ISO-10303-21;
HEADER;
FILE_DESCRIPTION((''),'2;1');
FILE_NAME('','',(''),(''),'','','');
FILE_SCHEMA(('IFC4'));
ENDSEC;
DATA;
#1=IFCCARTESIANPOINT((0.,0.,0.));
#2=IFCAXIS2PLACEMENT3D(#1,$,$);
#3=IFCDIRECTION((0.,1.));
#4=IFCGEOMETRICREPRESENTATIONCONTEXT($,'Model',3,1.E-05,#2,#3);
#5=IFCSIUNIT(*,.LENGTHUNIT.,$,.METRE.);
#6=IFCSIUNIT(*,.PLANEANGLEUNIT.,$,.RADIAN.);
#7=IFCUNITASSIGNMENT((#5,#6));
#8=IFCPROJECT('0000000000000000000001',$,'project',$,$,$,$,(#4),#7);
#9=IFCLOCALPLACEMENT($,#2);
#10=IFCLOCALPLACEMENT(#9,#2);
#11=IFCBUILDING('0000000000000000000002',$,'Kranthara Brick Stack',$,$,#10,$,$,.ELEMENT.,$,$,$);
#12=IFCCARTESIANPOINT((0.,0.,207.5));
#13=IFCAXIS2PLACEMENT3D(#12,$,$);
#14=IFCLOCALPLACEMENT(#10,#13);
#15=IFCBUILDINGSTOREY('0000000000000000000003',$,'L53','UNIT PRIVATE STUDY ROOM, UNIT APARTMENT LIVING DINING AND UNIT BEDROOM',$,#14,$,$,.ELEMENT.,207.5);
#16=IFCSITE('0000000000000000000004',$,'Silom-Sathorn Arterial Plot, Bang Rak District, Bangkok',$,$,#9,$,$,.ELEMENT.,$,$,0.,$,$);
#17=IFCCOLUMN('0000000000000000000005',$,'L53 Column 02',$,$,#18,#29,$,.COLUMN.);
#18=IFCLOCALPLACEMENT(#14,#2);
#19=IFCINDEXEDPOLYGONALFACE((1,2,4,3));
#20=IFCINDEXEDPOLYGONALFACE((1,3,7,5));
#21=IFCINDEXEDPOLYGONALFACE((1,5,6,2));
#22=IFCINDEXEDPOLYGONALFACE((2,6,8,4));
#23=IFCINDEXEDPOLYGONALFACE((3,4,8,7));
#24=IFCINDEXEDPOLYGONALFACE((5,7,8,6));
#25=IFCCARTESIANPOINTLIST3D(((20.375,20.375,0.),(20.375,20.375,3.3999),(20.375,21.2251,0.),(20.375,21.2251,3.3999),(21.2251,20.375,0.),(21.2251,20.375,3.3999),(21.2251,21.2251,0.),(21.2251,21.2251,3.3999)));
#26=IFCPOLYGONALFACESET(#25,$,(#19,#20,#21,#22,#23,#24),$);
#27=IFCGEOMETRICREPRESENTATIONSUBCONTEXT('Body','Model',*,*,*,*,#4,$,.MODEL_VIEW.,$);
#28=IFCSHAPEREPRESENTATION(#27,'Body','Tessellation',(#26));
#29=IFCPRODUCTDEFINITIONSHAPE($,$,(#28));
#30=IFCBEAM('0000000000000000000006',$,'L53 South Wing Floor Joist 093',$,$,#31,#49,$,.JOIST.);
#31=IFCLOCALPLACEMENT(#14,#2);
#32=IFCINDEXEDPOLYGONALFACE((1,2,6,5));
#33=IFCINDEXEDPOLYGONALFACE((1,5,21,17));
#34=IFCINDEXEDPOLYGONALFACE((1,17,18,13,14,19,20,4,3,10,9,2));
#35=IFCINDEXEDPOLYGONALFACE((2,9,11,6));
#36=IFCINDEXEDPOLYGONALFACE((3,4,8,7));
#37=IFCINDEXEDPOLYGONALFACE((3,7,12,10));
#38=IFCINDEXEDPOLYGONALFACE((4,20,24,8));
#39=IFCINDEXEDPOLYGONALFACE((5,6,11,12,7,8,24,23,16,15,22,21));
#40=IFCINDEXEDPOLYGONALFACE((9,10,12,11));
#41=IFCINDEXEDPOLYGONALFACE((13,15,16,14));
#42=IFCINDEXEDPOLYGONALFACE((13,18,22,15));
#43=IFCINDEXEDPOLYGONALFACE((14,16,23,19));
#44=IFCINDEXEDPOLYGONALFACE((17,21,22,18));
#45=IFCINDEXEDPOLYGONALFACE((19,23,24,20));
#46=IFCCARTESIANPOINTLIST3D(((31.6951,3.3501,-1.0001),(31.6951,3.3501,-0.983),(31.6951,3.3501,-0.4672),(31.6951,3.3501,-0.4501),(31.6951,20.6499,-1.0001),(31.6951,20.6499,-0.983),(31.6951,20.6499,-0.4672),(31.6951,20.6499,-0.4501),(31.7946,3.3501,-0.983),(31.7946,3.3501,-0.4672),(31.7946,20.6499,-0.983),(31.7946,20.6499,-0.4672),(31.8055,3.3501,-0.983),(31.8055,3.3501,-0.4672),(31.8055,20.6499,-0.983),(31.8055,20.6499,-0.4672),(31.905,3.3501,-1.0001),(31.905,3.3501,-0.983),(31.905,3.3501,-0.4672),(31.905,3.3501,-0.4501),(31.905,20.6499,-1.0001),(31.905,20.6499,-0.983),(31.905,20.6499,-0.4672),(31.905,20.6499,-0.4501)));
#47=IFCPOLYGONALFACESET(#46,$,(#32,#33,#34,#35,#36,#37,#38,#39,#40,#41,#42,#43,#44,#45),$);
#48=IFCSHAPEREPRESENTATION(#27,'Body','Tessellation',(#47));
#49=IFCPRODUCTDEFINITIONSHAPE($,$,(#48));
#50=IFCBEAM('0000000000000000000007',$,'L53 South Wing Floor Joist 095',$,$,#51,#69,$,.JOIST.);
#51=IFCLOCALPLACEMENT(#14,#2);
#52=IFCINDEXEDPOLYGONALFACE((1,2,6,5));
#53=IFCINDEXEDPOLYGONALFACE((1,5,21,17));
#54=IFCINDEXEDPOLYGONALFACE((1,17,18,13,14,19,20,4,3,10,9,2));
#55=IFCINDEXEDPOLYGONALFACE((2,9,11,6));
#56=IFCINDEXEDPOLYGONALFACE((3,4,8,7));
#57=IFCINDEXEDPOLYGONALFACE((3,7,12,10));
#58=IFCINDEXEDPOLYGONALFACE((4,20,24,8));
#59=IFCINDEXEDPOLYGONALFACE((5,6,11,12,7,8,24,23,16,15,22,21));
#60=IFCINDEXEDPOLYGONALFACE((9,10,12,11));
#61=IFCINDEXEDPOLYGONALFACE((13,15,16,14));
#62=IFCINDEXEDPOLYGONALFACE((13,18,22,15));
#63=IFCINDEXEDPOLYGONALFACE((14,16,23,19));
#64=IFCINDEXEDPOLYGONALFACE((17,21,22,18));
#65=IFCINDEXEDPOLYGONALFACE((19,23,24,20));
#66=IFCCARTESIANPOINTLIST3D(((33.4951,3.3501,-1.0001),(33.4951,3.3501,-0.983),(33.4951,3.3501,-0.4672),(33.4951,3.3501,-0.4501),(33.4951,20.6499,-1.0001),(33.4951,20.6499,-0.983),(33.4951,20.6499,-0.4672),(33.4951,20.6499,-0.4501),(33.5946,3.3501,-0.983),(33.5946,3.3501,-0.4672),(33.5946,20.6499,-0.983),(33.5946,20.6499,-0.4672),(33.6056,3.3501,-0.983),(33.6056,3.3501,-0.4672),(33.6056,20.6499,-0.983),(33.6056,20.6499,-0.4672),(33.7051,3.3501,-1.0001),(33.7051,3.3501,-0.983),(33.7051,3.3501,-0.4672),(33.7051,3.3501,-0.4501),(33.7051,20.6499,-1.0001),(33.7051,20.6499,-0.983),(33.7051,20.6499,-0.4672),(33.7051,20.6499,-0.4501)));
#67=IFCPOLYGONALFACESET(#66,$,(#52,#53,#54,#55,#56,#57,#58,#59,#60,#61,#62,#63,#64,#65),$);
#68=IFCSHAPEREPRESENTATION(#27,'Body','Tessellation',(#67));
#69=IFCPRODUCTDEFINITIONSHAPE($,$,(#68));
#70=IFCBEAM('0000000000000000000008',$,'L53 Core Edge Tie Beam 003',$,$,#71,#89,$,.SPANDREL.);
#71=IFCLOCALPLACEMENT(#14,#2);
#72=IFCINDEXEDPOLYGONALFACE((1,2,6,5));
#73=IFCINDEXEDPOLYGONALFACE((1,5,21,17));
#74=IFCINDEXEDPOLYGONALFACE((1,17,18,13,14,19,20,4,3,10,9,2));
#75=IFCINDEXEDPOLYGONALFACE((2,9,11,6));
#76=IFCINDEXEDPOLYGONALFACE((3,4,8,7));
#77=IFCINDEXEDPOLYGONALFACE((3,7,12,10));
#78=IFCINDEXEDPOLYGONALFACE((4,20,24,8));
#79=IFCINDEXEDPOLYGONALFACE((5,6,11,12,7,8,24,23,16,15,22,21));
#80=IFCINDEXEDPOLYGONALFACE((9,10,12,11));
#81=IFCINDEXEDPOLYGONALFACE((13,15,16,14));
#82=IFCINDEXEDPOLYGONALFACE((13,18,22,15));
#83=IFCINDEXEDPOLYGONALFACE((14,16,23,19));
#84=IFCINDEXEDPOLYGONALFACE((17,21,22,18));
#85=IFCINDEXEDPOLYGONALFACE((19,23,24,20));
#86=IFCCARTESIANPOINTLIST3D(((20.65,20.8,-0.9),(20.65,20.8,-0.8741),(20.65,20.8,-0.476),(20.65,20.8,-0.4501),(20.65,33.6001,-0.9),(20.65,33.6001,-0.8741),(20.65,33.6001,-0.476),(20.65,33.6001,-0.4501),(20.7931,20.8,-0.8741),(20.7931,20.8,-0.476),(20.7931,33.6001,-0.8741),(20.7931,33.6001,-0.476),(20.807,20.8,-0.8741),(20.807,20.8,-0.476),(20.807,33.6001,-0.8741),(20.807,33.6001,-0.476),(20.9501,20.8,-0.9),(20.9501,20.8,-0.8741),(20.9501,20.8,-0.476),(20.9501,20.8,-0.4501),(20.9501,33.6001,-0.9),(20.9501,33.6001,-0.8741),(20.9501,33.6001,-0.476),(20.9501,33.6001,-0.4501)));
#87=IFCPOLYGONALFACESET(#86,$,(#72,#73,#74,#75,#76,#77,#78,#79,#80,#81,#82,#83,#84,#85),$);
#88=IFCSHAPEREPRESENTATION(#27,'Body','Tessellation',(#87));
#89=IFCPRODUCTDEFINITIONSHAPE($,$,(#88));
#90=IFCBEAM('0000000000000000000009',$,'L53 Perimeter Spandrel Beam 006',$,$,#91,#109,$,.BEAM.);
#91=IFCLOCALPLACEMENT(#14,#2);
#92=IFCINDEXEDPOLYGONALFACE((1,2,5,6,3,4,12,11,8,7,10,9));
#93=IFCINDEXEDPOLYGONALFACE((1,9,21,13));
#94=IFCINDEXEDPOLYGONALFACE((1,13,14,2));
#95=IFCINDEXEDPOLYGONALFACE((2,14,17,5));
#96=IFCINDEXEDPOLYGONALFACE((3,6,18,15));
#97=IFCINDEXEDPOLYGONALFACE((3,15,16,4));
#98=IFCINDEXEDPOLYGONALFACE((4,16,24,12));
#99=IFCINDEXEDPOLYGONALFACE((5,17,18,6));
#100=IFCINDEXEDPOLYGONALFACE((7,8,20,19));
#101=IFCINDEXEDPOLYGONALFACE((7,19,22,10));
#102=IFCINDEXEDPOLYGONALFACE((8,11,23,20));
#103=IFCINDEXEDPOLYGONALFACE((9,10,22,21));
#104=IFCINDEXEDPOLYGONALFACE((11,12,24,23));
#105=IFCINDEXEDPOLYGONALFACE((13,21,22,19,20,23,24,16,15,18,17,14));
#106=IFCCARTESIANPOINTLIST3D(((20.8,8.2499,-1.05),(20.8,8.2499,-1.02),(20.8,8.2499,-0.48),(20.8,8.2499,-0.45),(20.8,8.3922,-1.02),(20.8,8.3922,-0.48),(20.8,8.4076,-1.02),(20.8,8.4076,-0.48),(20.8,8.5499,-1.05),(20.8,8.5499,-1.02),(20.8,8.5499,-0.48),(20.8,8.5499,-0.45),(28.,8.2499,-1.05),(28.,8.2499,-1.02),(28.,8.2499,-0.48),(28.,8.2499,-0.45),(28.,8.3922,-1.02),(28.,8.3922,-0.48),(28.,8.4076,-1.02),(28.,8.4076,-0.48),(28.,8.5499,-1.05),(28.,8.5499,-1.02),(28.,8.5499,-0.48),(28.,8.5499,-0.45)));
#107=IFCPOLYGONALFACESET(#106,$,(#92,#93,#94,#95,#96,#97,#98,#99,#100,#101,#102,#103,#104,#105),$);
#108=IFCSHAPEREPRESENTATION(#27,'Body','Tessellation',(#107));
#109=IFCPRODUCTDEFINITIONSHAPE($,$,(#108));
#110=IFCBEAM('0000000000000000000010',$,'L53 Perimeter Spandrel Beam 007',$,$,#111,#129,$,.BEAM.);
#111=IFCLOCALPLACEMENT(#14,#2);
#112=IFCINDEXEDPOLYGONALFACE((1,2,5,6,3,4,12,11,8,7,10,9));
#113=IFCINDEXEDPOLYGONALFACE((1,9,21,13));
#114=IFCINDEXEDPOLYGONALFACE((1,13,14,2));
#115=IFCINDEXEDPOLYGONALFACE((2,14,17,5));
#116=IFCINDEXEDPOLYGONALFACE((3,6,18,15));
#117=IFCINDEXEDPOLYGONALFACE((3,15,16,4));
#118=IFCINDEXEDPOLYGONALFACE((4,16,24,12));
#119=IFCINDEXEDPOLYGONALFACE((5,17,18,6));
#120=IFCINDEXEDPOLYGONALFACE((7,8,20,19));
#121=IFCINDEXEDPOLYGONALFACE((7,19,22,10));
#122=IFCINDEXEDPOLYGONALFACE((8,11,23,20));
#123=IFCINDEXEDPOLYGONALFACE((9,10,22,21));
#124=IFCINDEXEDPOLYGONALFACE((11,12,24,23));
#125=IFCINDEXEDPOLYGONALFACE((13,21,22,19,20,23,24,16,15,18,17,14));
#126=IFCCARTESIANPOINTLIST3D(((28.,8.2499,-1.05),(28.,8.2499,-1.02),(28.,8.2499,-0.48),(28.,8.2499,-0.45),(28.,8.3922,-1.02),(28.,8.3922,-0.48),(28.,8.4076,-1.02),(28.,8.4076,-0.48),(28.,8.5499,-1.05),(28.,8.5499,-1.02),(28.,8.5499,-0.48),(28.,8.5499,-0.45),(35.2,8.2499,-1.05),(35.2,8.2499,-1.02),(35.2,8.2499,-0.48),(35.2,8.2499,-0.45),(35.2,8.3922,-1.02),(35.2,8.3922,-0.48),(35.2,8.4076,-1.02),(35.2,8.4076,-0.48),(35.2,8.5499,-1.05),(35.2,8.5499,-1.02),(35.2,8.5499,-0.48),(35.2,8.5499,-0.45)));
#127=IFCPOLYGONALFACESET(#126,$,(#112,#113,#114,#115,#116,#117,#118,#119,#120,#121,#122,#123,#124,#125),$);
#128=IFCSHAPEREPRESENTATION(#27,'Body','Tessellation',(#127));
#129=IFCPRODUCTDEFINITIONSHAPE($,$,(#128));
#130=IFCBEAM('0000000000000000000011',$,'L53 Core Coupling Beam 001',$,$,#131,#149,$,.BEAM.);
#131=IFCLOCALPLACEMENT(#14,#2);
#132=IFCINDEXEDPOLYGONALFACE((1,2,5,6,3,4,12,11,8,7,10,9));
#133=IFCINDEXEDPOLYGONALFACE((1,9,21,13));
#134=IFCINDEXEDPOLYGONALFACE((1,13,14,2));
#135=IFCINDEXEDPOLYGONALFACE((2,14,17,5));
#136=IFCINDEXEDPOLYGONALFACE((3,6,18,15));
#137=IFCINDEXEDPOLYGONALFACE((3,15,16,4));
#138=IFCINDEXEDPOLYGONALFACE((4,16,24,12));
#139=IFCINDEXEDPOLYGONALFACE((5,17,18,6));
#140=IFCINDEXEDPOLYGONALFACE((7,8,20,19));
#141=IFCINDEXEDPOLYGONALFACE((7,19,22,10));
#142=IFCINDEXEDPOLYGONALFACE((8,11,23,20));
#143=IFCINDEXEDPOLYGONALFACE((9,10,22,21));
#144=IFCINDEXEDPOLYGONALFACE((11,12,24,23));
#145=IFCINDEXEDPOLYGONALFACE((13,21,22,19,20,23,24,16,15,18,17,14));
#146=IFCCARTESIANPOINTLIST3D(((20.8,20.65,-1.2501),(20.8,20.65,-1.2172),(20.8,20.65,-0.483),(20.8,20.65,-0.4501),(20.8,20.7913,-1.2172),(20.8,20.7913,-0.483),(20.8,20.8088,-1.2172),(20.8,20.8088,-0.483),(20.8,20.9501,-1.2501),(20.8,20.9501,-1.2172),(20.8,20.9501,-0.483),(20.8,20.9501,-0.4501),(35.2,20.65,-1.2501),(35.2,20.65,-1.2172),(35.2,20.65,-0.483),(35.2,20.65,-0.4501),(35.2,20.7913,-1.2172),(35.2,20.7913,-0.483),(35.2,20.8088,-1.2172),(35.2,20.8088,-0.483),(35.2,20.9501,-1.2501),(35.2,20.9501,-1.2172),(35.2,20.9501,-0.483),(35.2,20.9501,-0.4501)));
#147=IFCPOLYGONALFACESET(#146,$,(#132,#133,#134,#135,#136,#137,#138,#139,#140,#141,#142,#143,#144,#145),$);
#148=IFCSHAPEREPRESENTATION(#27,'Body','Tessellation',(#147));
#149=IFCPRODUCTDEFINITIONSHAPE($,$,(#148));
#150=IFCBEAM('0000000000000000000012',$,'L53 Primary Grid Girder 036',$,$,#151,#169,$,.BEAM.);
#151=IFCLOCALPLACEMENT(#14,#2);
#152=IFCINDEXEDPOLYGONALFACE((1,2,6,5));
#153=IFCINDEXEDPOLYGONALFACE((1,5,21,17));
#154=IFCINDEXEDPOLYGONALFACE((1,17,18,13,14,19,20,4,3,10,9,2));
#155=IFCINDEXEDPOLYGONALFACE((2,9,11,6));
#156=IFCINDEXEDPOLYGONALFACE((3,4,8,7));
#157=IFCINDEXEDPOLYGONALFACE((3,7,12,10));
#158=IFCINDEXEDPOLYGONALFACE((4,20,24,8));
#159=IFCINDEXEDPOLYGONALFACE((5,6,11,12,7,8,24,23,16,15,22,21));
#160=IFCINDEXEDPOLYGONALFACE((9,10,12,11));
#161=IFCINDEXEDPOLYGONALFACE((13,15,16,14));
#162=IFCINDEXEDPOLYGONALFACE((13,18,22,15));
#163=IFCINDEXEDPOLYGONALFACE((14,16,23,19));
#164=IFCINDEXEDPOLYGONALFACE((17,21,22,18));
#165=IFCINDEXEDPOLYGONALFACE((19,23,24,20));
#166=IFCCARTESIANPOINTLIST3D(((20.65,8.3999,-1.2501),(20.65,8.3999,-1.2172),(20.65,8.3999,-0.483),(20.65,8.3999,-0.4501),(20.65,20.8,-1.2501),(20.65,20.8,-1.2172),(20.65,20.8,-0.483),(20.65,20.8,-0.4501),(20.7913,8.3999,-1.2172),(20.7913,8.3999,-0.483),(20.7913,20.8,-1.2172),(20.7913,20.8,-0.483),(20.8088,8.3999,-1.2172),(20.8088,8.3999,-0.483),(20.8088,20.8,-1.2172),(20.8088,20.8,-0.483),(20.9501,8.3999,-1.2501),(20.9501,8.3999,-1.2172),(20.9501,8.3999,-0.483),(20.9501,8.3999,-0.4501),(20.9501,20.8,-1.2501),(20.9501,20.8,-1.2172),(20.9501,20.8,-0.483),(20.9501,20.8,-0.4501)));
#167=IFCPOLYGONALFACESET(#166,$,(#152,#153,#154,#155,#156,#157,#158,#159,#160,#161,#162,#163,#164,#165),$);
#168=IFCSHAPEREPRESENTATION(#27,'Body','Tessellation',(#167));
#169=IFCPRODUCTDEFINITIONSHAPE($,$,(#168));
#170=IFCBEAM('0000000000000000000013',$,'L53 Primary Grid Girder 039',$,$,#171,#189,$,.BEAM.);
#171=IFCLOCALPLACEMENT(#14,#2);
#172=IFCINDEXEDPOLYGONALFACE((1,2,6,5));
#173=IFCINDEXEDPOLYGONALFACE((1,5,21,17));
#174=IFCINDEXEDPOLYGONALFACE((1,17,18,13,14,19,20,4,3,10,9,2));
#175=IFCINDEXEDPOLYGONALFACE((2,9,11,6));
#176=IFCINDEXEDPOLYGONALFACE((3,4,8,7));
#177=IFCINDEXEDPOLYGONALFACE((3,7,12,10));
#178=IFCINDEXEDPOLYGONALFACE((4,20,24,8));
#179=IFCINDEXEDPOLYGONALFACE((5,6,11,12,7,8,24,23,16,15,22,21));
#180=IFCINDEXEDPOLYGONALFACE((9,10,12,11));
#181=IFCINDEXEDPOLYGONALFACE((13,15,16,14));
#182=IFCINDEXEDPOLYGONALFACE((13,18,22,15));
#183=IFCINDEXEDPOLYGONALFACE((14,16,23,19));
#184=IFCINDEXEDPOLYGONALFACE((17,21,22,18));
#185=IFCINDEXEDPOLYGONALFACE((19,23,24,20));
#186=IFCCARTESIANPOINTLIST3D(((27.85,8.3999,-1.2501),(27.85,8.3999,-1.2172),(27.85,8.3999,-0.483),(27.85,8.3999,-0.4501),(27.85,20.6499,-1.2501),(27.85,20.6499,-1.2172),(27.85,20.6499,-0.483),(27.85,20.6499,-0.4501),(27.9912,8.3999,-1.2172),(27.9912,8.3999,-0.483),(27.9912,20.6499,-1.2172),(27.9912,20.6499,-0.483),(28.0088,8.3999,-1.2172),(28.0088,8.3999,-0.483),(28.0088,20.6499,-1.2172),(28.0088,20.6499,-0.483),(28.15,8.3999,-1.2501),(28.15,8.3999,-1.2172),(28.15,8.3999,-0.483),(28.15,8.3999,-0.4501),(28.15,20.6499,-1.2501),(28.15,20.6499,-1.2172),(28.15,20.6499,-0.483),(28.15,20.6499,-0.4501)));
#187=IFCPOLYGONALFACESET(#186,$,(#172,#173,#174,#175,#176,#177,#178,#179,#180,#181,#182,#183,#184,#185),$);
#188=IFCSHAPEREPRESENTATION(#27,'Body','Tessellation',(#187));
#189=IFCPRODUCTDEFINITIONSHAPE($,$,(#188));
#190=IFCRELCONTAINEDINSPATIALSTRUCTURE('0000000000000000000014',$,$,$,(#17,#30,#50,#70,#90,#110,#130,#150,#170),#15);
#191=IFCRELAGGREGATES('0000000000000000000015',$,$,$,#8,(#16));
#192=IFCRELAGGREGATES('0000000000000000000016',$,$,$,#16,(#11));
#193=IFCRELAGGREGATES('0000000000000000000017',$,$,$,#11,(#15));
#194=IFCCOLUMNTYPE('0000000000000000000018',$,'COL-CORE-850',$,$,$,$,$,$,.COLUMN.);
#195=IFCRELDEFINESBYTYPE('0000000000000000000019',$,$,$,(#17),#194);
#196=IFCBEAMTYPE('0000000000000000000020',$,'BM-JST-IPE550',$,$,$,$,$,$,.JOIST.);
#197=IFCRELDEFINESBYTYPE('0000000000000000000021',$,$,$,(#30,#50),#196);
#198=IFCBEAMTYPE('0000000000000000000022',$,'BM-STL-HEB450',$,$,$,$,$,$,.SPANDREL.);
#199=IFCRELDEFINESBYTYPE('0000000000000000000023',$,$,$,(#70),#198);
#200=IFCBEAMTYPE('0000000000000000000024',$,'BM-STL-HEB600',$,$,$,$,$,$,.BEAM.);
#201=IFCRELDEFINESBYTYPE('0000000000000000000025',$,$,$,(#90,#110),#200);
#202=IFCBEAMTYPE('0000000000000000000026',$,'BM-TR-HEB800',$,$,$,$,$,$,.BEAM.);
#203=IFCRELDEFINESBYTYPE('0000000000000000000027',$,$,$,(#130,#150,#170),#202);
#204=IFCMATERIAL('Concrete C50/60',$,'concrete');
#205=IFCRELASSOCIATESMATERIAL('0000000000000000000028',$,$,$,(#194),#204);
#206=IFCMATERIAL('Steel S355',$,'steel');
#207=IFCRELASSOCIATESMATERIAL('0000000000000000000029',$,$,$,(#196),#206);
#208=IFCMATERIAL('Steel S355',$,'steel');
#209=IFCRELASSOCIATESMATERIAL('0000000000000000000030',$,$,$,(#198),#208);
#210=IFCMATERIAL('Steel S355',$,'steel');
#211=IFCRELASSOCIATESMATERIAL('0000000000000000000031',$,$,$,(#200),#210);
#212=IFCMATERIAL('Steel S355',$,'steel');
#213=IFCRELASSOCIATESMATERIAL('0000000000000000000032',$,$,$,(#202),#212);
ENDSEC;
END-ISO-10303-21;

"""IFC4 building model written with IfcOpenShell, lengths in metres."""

from ifc_helpers import new_model, si_unit, direction, frame, origin, origin_2d, place, context, subcontext, project, spatial, rectangle, i_section, extrude, material, material_profile, profile_set, type_object, element, save


model = new_model("IFC4")

# Units and contexts
model_context = context("Model", 3, precision=1e-05, world=origin(), true_north=direction((0.0, 1.0)))
body_context = subcontext(model_context, "Body", "Model", "MODEL_VIEW")
ifc_project = project(units=[si_unit("LENGTHUNIT", "METRE"), si_unit("PLANEANGLEUNIT", "RADIAN")], contexts=[model_context])

# Site, building, storey
site_placement = place(None, origin())
site = spatial("IfcSite", under=ifc_project, at=site_placement, Name="Silom-Sathorn Arterial Plot, Bang Rak District, Bangkok", CompositionType="ELEMENT", RefElevation=0.0)
building_placement = place(site_placement, origin())
building = spatial("IfcBuilding", under=site, at=building_placement, Name="Kranthara Brick Stack", CompositionType="ELEMENT")
storey_placement = place(building_placement, frame((0.0, 0.0, 207.5)))
storey = spatial("IfcBuildingStorey", under=building, at=storey_placement, Name="L53", Description="UNIT PRIVATE STUDY ROOM, UNIT APARTMENT LIVING DINING AND UNIT BEDROOM", CompositionType="ELEMENT", Elevation=207.5)

# Column
ifc_material_1 = material(Name="Concrete C50/60", Category="concrete")
ifc_material_profile_1 = material_profile(ifc_material_1, rectangle(XDim=0.8501, YDim=0.8501, at=origin_2d()), Name="RC 850x850")
ifc_profile_set_1 = profile_set([ifc_material_profile_1], Name="Concrete C50/60")
column_type = type_object("IfcColumnType", Name="COL-CORE-850", PredefinedType="COLUMN", material=ifc_profile_set_1)
column_placement = place(storey_placement, frame((20.8, 20.8, 0.0), z_axis=(0.0, 0.0, 1.0), x_axis=(1.0, 0.0, 0.0)))
element("IfcColumn", 1, at=column_placement, inside=storey, type_object=column_type, Name="L53 Column 02", PredefinedType="COLUMN", context=body_context, shape_type="SweptSolid", body=[
    extrude(rectangle(XDim=0.8501, YDim=0.8501, at=origin_2d()), origin(), (0.0, 0.0, 1.0), 3.3999),
])

# Beams
ifc_material_2 = material(Name="Steel S355", Category="steel")
ifc_material_profile_2 = material_profile(ifc_material_2, i_section(OverallWidth=0.21, OverallDepth=0.55, WebThickness=0.011, FlangeThickness=0.0171, at=origin_2d()), Name="IPE 550")
ifc_profile_set_2 = profile_set([ifc_material_profile_2], Name="Steel S355")
beam_type_1 = type_object("IfcBeamType", Name="BM-JST-IPE550", PredefinedType="JOIST", material=ifc_profile_set_2)
for number, where, z_axis, x_axis, name in (
    (2, (31.8, 3.3501, -0.7251), (0.0, 1.0, 0.0), (-1.0, 0.0, 0.0), "L53 South Wing Floor Joist 093"),
    (3, (33.6001, 3.3501, -0.7251), (0.0, 1.0, 0.0), (-1.0, 0.0, 0.0), "L53 South Wing Floor Joist 095"),
):
    element("IfcBeam", number, at=place(storey_placement, frame(where, z_axis=z_axis, x_axis=x_axis)), inside=storey, type_object=beam_type_1, Name=name, PredefinedType="JOIST", context=body_context, shape_type="SweptSolid", body=[
        extrude(i_section(OverallWidth=0.21, OverallDepth=0.55, WebThickness=0.011, FlangeThickness=0.0171, at=origin_2d()), origin(), (0.0, 0.0, 1.0), 17.2998),
    ])
ifc_material_3 = material(Name="Steel S355", Category="steel")
ifc_material_profile_3 = material_profile(ifc_material_3, i_section(OverallWidth=0.3, OverallDepth=0.45, WebThickness=0.0139, FlangeThickness=0.0259, at=origin_2d()), Name="HEB 450")
ifc_profile_set_3 = profile_set([ifc_material_profile_3], Name="Steel S355")
beam_type_2 = type_object("IfcBeamType", Name="BM-STL-HEB450", PredefinedType="SPANDREL", material=ifc_profile_set_3)
beam_1_placement = place(storey_placement, frame((20.8, 20.8, -0.675), z_axis=(0.0, 1.0, 0.0), x_axis=(-1.0, 0.0, 0.0)))
element("IfcBeam", 4, at=beam_1_placement, inside=storey, type_object=beam_type_2, Name="L53 Core Edge Tie Beam 003", PredefinedType="SPANDREL", context=body_context, shape_type="SweptSolid", body=[
    extrude(i_section(OverallWidth=0.3, OverallDepth=0.45, WebThickness=0.0139, FlangeThickness=0.0259, at=origin_2d()), origin(), (0.0, 0.0, 1.0), 12.8),
])
ifc_material_4 = material(Name="Steel S355", Category="steel")
ifc_material_profile_4 = material_profile(ifc_material_4, i_section(OverallWidth=0.3, OverallDepth=0.6001, WebThickness=0.0154, FlangeThickness=0.03, at=origin_2d()), Name="HEB 600")
ifc_profile_set_4 = profile_set([ifc_material_profile_4], Name="Steel S355")
beam_type_3 = type_object("IfcBeamType", Name="BM-STL-HEB600", PredefinedType="BEAM", material=ifc_profile_set_4)
for number, where, z_axis, x_axis, name in (
    (5, (20.8, 8.3999, -0.75), (1.0, 0.0, 0.0), (0.0, 1.0, 0.0), "L53 Perimeter Spandrel Beam 006"),
    (6, (28.0, 8.3999, -0.75), (1.0, 0.0, 0.0), (0.0, 1.0, 0.0), "L53 Perimeter Spandrel Beam 007"),
):
    element("IfcBeam", number, at=place(storey_placement, frame(where, z_axis=z_axis, x_axis=x_axis)), inside=storey, type_object=beam_type_3, Name=name, PredefinedType="BEAM", context=body_context, shape_type="SweptSolid", body=[
        extrude(i_section(OverallWidth=0.3, OverallDepth=0.6001, WebThickness=0.0154, FlangeThickness=0.03, at=origin_2d()), origin(), (0.0, 0.0, 1.0), 7.2),
    ])
ifc_material_5 = material(Name="Steel S355", Category="steel")
ifc_material_profile_5 = material_profile(ifc_material_5, i_section(OverallWidth=0.3, OverallDepth=0.8, WebThickness=0.0176, FlangeThickness=0.033, at=origin_2d()), Name="HEB 800")
ifc_profile_set_5 = profile_set([ifc_material_profile_5], Name="Steel S355")
beam_type_4 = type_object("IfcBeamType", Name="BM-TR-HEB800", PredefinedType="BEAM", material=ifc_profile_set_5)
beam_2_placement = place(storey_placement, frame((20.8, 20.8, -0.8501), z_axis=(1.0, 0.0, 0.0), x_axis=(0.0, 1.0, 0.0)))
element("IfcBeam", 7, at=beam_2_placement, inside=storey, type_object=beam_type_4, Name="L53 Core Coupling Beam 001", PredefinedType="BEAM", context=body_context, shape_type="SweptSolid", body=[
    extrude(i_section(OverallWidth=0.3, OverallDepth=0.8, WebThickness=0.0176, FlangeThickness=0.033, at=origin_2d()), origin(), (0.0, 0.0, 1.0), 14.3999),
])
beam_3_placement = place(storey_placement, frame((20.8, 8.3999, -0.8501), z_axis=(0.0, 1.0, 0.0), x_axis=(-1.0, 0.0, 0.0)))
element("IfcBeam", 8, at=beam_3_placement, inside=storey, type_object=beam_type_4, Name="L53 Primary Grid Girder 036", PredefinedType="BEAM", context=body_context, shape_type="SweptSolid", body=[
    extrude(i_section(OverallWidth=0.3, OverallDepth=0.8, WebThickness=0.0176, FlangeThickness=0.033, at=origin_2d()), origin(), (0.0, 0.0, 1.0), 12.4001),
])
beam_4_placement = place(storey_placement, frame((28.0, 8.3999, -0.8501), z_axis=(0.0, 1.0, 0.0), x_axis=(-1.0, 0.0, 0.0)))
element("IfcBeam", 9, at=beam_4_placement, inside=storey, type_object=beam_type_4, Name="L53 Primary Grid Girder 039", PredefinedType="BEAM", context=body_context, shape_type="SweptSolid", body=[
    extrude(i_section(OverallWidth=0.3, OverallDepth=0.8, WebThickness=0.0176, FlangeThickness=0.033, at=origin_2d()), origin(), (0.0, 0.0, 1.0), 12.25),
])

save(model, "model.ifc")
